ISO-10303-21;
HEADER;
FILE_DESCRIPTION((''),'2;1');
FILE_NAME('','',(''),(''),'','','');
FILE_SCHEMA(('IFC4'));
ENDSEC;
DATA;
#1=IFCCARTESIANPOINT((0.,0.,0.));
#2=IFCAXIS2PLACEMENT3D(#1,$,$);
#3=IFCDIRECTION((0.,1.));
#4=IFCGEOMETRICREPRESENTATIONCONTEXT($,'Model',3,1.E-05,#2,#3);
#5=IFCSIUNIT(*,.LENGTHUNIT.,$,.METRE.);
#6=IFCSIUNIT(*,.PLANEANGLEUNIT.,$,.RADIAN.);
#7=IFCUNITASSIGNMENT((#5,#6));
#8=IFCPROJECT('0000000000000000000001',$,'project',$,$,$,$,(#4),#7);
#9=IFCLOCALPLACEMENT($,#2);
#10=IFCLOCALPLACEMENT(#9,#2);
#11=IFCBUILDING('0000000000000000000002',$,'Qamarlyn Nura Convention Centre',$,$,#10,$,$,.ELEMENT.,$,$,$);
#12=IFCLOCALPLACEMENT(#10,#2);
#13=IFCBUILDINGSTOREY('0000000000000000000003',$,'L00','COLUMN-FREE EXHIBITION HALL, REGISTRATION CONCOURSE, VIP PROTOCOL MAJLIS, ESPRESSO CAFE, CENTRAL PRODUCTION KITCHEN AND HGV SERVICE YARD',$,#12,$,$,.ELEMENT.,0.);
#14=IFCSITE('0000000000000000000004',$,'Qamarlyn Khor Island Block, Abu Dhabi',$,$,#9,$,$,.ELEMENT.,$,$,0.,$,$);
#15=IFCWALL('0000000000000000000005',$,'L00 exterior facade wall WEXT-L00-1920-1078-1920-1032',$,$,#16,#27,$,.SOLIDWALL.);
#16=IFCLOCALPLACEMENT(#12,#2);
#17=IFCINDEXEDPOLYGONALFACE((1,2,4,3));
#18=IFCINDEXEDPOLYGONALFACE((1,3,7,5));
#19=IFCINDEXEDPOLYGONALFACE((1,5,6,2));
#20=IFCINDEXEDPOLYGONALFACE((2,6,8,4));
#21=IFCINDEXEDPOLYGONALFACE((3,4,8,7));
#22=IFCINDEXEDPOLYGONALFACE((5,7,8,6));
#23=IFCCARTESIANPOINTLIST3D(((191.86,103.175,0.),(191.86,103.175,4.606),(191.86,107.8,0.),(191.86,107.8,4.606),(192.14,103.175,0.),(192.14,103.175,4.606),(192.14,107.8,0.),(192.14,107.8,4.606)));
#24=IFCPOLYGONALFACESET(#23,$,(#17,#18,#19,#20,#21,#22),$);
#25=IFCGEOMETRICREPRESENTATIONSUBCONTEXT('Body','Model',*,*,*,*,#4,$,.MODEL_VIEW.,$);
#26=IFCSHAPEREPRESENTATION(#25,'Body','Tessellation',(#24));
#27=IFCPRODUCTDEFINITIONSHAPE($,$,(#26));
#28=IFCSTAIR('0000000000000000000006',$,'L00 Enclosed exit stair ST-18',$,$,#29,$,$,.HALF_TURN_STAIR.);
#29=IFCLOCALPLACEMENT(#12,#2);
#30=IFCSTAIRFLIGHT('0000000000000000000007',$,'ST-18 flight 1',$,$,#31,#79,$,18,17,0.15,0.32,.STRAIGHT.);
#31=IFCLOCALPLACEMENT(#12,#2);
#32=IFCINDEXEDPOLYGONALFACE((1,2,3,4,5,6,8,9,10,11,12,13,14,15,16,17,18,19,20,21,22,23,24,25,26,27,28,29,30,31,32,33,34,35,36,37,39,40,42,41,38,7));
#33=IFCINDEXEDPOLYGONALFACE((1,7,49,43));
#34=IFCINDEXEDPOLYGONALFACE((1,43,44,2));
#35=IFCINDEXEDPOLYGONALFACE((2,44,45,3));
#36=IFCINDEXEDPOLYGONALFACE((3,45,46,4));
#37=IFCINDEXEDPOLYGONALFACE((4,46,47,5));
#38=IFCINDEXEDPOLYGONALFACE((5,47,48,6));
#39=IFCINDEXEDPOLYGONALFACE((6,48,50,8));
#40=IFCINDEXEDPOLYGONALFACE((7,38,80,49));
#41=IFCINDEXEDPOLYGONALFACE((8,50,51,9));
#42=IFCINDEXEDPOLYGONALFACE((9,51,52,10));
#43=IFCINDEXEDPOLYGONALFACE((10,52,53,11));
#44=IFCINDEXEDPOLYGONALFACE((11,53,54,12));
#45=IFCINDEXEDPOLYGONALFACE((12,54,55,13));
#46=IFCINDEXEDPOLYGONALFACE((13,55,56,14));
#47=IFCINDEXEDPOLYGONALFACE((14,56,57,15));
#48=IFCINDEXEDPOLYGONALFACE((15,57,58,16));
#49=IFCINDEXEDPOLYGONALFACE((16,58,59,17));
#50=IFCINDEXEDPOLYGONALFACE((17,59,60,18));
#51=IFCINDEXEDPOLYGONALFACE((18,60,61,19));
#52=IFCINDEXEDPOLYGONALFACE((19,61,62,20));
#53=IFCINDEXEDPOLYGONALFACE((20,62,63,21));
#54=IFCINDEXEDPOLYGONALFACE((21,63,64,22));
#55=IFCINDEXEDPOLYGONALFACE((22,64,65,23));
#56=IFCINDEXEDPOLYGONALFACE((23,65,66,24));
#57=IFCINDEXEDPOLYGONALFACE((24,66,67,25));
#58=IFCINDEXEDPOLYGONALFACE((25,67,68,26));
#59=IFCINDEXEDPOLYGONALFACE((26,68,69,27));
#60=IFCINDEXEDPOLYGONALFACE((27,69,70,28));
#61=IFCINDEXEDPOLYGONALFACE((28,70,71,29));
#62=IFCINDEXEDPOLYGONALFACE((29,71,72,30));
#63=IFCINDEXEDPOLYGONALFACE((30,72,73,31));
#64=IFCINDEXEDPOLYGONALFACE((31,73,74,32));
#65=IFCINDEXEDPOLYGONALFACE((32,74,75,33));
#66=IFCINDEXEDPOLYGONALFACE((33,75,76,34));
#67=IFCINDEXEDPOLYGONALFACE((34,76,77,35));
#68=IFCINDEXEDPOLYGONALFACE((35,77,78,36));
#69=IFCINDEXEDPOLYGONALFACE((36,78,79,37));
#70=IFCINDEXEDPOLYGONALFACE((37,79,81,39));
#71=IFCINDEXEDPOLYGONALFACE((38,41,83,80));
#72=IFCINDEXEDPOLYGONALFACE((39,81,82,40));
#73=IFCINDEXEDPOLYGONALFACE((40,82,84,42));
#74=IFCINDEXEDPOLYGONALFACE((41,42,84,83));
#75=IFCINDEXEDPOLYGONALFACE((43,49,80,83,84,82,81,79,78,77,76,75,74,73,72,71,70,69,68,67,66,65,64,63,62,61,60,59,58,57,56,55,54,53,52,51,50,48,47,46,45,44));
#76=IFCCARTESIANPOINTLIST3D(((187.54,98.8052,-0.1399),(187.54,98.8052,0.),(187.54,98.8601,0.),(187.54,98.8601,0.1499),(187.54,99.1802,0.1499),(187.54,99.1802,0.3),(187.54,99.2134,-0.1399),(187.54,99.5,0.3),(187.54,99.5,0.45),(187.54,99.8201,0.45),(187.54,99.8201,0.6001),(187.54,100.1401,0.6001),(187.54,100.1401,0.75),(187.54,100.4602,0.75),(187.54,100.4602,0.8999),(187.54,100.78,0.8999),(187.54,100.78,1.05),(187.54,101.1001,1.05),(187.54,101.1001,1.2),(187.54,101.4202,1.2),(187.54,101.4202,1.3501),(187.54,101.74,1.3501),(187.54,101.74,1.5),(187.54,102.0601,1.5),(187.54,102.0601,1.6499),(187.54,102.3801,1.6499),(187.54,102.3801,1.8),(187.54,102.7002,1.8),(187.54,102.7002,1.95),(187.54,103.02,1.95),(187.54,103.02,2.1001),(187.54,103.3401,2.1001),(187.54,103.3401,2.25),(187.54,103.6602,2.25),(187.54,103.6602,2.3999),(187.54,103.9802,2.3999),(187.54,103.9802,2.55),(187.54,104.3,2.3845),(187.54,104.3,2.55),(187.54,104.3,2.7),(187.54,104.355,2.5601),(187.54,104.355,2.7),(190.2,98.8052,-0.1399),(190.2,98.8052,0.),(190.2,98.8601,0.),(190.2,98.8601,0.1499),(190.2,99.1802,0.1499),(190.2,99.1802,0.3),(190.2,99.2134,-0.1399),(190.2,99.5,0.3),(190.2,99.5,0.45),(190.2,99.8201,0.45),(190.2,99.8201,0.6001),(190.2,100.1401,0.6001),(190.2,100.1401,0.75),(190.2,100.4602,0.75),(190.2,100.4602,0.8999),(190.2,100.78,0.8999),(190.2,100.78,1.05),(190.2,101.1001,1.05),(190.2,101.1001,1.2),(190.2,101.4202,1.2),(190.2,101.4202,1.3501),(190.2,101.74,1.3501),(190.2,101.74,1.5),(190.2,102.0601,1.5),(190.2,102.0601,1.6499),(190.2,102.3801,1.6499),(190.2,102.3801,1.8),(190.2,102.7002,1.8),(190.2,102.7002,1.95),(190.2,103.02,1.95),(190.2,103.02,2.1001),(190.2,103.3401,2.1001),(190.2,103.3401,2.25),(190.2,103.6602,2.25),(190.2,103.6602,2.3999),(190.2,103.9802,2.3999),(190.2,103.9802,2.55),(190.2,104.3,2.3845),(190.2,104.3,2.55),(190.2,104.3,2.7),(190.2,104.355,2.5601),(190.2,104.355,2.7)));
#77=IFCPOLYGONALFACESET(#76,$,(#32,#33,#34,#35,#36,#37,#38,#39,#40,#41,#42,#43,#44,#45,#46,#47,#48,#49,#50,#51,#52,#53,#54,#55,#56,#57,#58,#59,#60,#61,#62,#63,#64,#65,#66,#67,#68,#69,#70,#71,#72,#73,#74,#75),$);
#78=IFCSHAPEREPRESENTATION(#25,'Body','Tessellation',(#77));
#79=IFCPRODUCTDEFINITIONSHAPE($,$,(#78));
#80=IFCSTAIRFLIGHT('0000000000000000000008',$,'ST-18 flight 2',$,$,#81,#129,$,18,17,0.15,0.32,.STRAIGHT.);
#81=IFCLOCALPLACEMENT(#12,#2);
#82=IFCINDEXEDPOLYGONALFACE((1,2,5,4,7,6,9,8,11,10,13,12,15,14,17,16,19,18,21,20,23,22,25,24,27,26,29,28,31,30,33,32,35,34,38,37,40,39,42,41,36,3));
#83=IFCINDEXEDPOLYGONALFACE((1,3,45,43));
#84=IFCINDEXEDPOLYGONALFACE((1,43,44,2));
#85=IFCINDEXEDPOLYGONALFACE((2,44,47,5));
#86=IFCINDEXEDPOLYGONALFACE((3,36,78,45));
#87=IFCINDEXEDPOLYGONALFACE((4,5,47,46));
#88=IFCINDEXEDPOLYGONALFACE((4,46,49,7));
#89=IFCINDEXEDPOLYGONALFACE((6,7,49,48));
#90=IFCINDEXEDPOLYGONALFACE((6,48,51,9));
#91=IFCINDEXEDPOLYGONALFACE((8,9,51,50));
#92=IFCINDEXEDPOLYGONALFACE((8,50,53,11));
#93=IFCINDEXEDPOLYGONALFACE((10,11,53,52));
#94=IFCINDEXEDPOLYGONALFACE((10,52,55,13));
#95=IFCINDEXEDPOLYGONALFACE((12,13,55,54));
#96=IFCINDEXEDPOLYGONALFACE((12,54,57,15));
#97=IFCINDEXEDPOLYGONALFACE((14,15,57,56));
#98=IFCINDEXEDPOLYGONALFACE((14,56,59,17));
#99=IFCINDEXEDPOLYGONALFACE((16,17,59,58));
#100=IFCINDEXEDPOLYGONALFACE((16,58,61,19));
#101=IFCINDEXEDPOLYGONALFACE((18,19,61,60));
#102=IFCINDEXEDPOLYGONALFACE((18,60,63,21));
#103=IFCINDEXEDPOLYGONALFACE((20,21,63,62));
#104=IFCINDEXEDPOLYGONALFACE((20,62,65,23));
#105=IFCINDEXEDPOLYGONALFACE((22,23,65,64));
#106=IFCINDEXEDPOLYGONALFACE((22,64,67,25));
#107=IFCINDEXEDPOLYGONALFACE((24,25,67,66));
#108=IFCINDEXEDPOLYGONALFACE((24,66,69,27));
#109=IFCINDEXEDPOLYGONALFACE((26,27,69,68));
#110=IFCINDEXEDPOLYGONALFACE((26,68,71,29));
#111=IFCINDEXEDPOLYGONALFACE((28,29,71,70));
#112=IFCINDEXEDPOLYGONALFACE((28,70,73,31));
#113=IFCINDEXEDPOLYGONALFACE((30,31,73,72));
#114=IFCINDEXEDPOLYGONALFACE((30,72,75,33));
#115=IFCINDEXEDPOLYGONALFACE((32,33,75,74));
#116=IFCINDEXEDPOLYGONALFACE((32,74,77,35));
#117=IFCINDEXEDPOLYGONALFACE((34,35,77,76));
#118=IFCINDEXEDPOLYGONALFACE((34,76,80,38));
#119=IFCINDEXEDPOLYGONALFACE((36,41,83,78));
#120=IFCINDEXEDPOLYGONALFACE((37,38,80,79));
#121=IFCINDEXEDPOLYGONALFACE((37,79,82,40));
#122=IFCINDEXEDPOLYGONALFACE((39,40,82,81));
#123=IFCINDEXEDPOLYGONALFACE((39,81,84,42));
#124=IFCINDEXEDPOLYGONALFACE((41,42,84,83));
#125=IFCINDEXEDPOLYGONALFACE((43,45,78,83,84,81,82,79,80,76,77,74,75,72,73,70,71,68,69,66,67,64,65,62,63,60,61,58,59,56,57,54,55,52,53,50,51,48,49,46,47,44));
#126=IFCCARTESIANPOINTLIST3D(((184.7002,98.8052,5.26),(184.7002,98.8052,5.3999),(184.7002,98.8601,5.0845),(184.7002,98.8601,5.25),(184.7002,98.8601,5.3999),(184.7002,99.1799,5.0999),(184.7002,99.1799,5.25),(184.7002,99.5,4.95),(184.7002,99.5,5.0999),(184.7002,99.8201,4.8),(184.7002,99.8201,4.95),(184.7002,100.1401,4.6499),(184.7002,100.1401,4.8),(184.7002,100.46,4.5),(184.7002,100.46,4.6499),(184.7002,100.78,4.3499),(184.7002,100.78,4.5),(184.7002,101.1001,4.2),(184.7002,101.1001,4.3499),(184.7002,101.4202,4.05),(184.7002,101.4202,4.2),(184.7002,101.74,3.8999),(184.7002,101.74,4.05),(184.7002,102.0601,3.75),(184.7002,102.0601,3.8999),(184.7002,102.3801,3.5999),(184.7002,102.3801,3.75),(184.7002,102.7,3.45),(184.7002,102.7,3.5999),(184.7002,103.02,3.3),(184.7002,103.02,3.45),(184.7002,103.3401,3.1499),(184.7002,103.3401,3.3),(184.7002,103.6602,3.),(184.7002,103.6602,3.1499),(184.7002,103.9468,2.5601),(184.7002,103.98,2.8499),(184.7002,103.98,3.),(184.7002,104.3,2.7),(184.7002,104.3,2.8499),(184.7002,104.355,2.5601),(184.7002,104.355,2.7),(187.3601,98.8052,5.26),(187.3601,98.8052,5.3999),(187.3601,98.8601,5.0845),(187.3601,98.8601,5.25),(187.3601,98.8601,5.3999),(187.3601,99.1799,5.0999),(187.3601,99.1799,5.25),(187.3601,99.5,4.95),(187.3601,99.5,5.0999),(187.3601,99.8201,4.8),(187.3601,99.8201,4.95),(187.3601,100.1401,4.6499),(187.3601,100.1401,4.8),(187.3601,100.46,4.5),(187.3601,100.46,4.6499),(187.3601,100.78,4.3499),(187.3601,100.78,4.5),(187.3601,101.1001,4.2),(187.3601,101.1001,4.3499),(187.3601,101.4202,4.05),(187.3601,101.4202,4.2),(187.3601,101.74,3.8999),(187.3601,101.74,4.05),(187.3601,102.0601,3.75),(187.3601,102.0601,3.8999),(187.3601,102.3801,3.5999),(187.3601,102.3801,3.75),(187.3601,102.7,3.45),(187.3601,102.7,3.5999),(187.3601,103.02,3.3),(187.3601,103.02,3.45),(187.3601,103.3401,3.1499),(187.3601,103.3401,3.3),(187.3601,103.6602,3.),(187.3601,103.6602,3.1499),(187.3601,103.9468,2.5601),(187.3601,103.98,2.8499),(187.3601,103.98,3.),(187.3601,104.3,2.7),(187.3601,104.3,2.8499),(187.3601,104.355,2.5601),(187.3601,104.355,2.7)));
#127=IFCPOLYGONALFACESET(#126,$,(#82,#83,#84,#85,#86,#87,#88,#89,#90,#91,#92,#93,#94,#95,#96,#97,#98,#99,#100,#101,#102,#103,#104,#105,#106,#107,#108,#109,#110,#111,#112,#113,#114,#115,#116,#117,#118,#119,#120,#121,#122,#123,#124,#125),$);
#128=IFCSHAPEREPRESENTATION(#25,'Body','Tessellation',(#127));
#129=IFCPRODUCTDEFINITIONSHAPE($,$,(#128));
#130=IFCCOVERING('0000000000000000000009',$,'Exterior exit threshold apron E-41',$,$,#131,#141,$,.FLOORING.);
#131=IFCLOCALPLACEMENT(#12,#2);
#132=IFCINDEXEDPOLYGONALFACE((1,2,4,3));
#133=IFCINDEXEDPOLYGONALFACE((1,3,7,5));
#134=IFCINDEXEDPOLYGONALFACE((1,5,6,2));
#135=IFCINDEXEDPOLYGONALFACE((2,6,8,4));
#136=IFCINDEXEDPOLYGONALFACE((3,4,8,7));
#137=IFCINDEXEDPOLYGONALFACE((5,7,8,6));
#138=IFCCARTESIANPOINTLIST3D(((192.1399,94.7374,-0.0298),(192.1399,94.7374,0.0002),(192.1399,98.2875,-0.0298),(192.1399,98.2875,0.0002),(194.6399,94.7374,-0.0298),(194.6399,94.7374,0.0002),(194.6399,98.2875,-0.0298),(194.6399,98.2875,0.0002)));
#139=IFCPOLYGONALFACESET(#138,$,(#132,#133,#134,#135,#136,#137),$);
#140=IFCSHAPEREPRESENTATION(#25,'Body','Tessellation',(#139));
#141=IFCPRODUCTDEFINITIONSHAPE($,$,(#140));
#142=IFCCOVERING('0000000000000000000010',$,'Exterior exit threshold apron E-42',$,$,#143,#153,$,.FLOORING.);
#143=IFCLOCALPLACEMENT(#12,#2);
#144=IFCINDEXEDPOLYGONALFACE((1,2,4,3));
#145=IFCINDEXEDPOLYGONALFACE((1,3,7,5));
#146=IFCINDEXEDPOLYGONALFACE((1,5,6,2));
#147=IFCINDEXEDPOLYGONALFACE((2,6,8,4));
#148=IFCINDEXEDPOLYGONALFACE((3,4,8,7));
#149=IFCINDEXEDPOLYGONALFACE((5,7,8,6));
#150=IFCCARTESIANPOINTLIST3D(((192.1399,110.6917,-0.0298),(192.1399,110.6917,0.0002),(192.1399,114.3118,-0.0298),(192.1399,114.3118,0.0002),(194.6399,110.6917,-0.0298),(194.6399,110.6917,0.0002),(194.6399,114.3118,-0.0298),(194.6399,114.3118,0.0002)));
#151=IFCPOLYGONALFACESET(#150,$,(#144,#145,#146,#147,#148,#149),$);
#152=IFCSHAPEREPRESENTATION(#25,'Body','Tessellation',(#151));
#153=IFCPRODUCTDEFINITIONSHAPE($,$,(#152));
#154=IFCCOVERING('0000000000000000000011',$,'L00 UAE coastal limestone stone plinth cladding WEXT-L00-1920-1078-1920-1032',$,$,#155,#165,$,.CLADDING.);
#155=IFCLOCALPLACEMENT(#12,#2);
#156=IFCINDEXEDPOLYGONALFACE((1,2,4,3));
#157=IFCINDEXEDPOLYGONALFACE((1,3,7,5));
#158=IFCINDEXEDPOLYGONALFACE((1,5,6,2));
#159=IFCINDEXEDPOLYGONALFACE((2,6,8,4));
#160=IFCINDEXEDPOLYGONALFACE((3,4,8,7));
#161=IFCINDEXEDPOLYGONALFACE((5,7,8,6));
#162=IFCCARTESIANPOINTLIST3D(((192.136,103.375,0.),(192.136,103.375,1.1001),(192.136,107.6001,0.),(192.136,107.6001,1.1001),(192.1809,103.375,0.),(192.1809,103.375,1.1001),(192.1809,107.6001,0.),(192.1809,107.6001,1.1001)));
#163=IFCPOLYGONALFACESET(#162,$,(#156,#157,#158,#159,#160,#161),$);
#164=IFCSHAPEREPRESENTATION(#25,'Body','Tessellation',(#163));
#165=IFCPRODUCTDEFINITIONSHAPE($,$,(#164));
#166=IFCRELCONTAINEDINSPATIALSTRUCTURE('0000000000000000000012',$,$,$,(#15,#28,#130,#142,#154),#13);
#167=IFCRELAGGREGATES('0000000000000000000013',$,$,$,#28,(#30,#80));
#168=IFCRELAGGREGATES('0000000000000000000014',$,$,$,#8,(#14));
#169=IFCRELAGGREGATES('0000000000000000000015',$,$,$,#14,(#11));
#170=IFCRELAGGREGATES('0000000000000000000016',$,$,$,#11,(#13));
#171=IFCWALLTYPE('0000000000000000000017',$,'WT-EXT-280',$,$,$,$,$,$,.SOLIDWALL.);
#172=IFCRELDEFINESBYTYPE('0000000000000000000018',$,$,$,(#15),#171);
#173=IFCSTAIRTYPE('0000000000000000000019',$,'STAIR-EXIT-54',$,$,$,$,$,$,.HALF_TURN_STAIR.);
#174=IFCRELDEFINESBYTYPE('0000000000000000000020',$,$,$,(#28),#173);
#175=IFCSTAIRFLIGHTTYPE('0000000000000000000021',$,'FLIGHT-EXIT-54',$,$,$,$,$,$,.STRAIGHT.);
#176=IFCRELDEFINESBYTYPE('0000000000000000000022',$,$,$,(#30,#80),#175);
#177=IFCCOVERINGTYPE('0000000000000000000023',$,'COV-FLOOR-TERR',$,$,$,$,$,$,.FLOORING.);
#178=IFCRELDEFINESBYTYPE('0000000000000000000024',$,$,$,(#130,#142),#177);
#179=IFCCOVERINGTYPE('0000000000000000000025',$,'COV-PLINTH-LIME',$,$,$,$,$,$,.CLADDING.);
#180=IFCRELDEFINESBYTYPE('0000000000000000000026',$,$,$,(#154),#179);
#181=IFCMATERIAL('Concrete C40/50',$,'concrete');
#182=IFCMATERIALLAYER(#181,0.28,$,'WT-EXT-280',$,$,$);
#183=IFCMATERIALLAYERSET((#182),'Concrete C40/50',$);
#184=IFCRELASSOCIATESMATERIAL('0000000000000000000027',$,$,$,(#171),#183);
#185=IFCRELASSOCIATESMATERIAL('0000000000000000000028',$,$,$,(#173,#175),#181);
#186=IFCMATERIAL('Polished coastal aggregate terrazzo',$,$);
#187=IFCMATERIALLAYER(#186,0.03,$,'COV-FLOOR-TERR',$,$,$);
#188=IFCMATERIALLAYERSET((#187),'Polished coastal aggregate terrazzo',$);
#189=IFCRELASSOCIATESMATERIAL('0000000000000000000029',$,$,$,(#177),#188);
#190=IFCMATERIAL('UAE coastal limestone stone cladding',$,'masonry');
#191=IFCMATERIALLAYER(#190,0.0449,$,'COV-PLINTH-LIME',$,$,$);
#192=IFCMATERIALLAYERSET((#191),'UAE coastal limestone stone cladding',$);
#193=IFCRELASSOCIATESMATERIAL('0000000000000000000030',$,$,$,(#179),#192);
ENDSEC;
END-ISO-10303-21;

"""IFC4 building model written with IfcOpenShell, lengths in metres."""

from ifc_helpers import new_model, si_unit, direction, frame, frame_2d, origin, origin_2d, place, context, subcontext, project, spatial, polyline, rectangle, outline, extrude, material, layer, layer_set, type_object, element, aggregate, save


model = new_model("IFC4")

# Units and contexts
model_context = context("Model", 3, precision=1e-05, world=origin(), true_north=direction((0.0, 1.0)))
body_context = subcontext(model_context, "Body", "Model", "MODEL_VIEW")
ifc_project = project(units=[si_unit("LENGTHUNIT", "METRE"), si_unit("PLANEANGLEUNIT", "RADIAN")], contexts=[model_context])

# Site, building, storey
site_placement = place(None, origin())
site = spatial("IfcSite", under=ifc_project, at=site_placement, Name="Qamarlyn Khor Island Block, Abu Dhabi", CompositionType="ELEMENT", RefElevation=0.0)
building_placement = place(site_placement, origin())
building = spatial("IfcBuilding", under=site, at=building_placement, Name="Qamarlyn Nura Convention Centre", CompositionType="ELEMENT")
storey_placement = place(building_placement, origin())
storey = spatial("IfcBuildingStorey", under=building, at=storey_placement, Name="L00", Description="COLUMN-FREE EXHIBITION HALL, REGISTRATION CONCOURSE, VIP PROTOCOL MAJLIS, ESPRESSO CAFE, CENTRAL PRODUCTION KITCHEN AND HGV SERVICE YARD", CompositionType="ELEMENT", Elevation=0.0)

# Shared definitions
ifc_material_1 = material(Name="Concrete C40/50", Category="concrete")
ifc_layer_1 = layer(ifc_material_1, 0.28, Name="WT-EXT-280")
ifc_layer_set_1 = layer_set([ifc_layer_1], Name="Concrete C40/50")
wall_type_1 = type_object("IfcWallType", Name="WT-EXT-280", PredefinedType="SOLIDWALL", material=ifc_layer_set_1)

# Wall
wall_1_placement = place(storey_placement, frame((192.0, 107.8, 0.0), z_axis=(0.0, 0.0, 1.0), x_axis=(0.0, -1.0, 0.0)))
element("IfcWall", 1, at=wall_1_placement, inside=storey, type_object=wall_type_1, Name="L00 exterior facade wall WEXT-L00-1920-1078-1920-1032", PredefinedType="SOLIDWALL", context=body_context, shape_type="SweptSolid", body=[
    extrude(rectangle(XDim=4.625, YDim=0.28, at=frame_2d((2.3125, 0.0))), origin(), (0.0, 0.0, 1.0), 4.606),
])

# Stair, stair flights
stair_type = type_object("IfcStairType", Name="STAIR-EXIT-54", PredefinedType="HALF_TURN_STAIR", material=ifc_material_1)
stair_placement = place(storey_placement, origin())
stair = element("IfcStair", 2, at=stair_placement, inside=storey, type_object=stair_type, Name="L00 Enclosed exit stair ST-18", PredefinedType="HALF_TURN_STAIR")
stair_flight_type = type_object("IfcStairFlightType", Name="FLIGHT-EXIT-54", PredefinedType="STRAIGHT", material=ifc_material_1)
stair_flight_1_placement = place(storey_placement, frame((188.8701, 98.8601, 0.0), z_axis=(0.0, 0.0, 1.0), x_axis=(0.0, 1.0, 0.0)))
stair_flight_1 = element("IfcStairFlight", 3, at=stair_flight_1_placement, type_object=stair_flight_type, Name="ST-18 flight 1", NumberOfRisers=18, NumberOfTreads=17, PredefinedType="STRAIGHT", RiserHeight=0.15, TreadLength=0.32, context=body_context, shape_type="SweptSolid", body=[
    extrude(outline(polyline([(-0.0549, 0.0), (0.0, 0.0), (0.0, 0.1499), (0.3201, 0.1499), (0.3201, 0.3), (0.6399, 0.3), (0.6399, 0.45), (0.96, 0.45), (0.96, 0.6001), (1.28, 0.6001), (1.28, 0.75), (1.6001, 0.75), (1.6001, 0.8999), (1.9199, 0.8999), (1.9199, 1.05), (2.24, 1.05), (2.24, 1.2), (2.5601, 1.2), (2.5601, 1.3501), (2.8799, 1.3501), (2.8799, 1.5), (3.2, 1.5), (3.2, 1.6499), (3.52, 1.6499), (3.52, 1.8), (3.8401, 1.8), (3.8401, 1.95), (4.1599, 1.95), (4.1599, 2.1001), (4.48, 2.1001), (4.48, 2.25), (4.8, 2.25), (4.8, 2.3999), (5.1201, 2.3999), (5.1201, 2.55), (5.4399, 2.55), (5.4399, 2.7), (5.4949, 2.7), (5.4949, 2.5601), (5.4399, 2.3845), (0.3533, -0.1399), (-0.0549, -0.1399), (-0.0549, 0.0)])), frame((0.0, 1.3301, 0.0), z_axis=(0.0, -1.0, 0.0), x_axis=(1.0, 0.0, 0.0)), (0.0, 0.0, 1.0), 2.6599),
])
stair_flight_2_placement = place(storey_placement, frame((186.03, 104.3, 2.7), z_axis=(0.0, 0.0, 1.0), x_axis=(0.0, -1.0, 0.0)))
stair_flight_2 = element("IfcStairFlight", 4, at=stair_flight_2_placement, type_object=stair_flight_type, Name="ST-18 flight 2", NumberOfRisers=18, NumberOfTreads=17, PredefinedType="STRAIGHT", RiserHeight=0.15, TreadLength=0.32, context=body_context, shape_type="SweptSolid", body=[
    extrude(outline(polyline([(-0.0549, 0.0), (0.0, 0.0), (0.0, 0.1499), (0.3201, 0.1499), (0.3201, 0.3), (0.6399, 0.3), (0.6399, 0.45), (0.96, 0.45), (0.96, 0.6001), (1.28, 0.6001), (1.28, 0.75), (1.6001, 0.75), (1.6001, 0.8999), (1.9199, 0.8999), (1.9199, 1.05), (2.24, 1.05), (2.24, 1.2), (2.5601, 1.2), (2.5601, 1.3501), (2.8799, 1.3501), (2.8799, 1.5), (3.2, 1.5), (3.2, 1.6499), (3.52, 1.6499), (3.52, 1.8), (3.8401, 1.8), (3.8401, 1.95), (4.1599, 1.95), (4.1599, 2.1001), (4.48, 2.1001), (4.48, 2.25), (4.8, 2.25), (4.8, 2.3999), (5.1201, 2.3999), (5.1201, 2.55), (5.4399, 2.55), (5.4399, 2.7), (5.4949, 2.7), (5.4949, 2.5601), (5.4399, 2.3845), (0.3533, -0.1399), (-0.0549, -0.1399), (-0.0549, 0.0)])), frame((0.0, 1.3301, 0.0), z_axis=(0.0, -1.0, 0.0), x_axis=(1.0, 0.0, 0.0)), (0.0, 0.0, 1.0), 2.6599),
])
aggregate(stair, [stair_flight_1, stair_flight_2])

# Coverings
ifc_material_2 = material(Name="Polished coastal aggregate terrazzo")
ifc_layer_2 = layer(ifc_material_2, 0.03, Name="COV-FLOOR-TERR")
ifc_layer_set_2 = layer_set([ifc_layer_2], Name="Polished coastal aggregate terrazzo")
covering_type_1 = type_object("IfcCoveringType", Name="COV-FLOOR-TERR", PredefinedType="FLOORING", material=ifc_layer_set_2)
covering_1_placement = place(storey_placement, frame((193.3899, 96.5125, -0.0298), z_axis=(0.0, 0.0, 1.0), x_axis=(0.0, -1.0, 0.0)))
element("IfcCovering", 5, at=covering_1_placement, inside=storey, type_object=covering_type_1, Name="Exterior exit threshold apron E-41", PredefinedType="FLOORING", context=body_context, shape_type="SweptSolid", body=[
    extrude(rectangle(XDim=3.55, YDim=2.5, at=origin_2d()), origin(), (0.0, 0.0, 1.0), 0.03),
])
covering_2_placement = place(storey_placement, frame((193.3899, 112.5017, -0.0298), z_axis=(0.0, 0.0, 1.0), x_axis=(0.0, -1.0, 0.0)))
element("IfcCovering", 6, at=covering_2_placement, inside=storey, type_object=covering_type_1, Name="Exterior exit threshold apron E-42", PredefinedType="FLOORING", context=body_context, shape_type="SweptSolid", body=[
    extrude(rectangle(XDim=3.6201, YDim=2.5, at=origin_2d()), origin(), (0.0, 0.0, 1.0), 0.03),
])
ifc_material_3 = material(Name="UAE coastal limestone stone cladding", Category="masonry")
ifc_layer_3 = layer(ifc_material_3, 0.0449, Name="COV-PLINTH-LIME")
ifc_layer_set_3 = layer_set([ifc_layer_3], Name="UAE coastal limestone stone cladding")
covering_type_2 = type_object("IfcCoveringType", Name="COV-PLINTH-LIME", PredefinedType="CLADDING", material=ifc_layer_set_3)
covering_3_placement = place(storey_placement, frame((192.1584, 105.4875, 0.0), z_axis=(0.0, 0.0, 1.0), x_axis=(0.0, -1.0, 0.0)))
element("IfcCovering", 7, at=covering_3_placement, inside=storey, type_object=covering_type_2, Name="L00 UAE coastal limestone stone plinth cladding WEXT-L00-1920-1078-1920-1032", PredefinedType="CLADDING", context=body_context, shape_type="SweptSolid", body=[
    extrude(rectangle(XDim=4.2251, YDim=0.0449, at=origin_2d()), origin(), (0.0, 0.0, 1.0), 1.1001),
])

save(model, "model.ifc")
